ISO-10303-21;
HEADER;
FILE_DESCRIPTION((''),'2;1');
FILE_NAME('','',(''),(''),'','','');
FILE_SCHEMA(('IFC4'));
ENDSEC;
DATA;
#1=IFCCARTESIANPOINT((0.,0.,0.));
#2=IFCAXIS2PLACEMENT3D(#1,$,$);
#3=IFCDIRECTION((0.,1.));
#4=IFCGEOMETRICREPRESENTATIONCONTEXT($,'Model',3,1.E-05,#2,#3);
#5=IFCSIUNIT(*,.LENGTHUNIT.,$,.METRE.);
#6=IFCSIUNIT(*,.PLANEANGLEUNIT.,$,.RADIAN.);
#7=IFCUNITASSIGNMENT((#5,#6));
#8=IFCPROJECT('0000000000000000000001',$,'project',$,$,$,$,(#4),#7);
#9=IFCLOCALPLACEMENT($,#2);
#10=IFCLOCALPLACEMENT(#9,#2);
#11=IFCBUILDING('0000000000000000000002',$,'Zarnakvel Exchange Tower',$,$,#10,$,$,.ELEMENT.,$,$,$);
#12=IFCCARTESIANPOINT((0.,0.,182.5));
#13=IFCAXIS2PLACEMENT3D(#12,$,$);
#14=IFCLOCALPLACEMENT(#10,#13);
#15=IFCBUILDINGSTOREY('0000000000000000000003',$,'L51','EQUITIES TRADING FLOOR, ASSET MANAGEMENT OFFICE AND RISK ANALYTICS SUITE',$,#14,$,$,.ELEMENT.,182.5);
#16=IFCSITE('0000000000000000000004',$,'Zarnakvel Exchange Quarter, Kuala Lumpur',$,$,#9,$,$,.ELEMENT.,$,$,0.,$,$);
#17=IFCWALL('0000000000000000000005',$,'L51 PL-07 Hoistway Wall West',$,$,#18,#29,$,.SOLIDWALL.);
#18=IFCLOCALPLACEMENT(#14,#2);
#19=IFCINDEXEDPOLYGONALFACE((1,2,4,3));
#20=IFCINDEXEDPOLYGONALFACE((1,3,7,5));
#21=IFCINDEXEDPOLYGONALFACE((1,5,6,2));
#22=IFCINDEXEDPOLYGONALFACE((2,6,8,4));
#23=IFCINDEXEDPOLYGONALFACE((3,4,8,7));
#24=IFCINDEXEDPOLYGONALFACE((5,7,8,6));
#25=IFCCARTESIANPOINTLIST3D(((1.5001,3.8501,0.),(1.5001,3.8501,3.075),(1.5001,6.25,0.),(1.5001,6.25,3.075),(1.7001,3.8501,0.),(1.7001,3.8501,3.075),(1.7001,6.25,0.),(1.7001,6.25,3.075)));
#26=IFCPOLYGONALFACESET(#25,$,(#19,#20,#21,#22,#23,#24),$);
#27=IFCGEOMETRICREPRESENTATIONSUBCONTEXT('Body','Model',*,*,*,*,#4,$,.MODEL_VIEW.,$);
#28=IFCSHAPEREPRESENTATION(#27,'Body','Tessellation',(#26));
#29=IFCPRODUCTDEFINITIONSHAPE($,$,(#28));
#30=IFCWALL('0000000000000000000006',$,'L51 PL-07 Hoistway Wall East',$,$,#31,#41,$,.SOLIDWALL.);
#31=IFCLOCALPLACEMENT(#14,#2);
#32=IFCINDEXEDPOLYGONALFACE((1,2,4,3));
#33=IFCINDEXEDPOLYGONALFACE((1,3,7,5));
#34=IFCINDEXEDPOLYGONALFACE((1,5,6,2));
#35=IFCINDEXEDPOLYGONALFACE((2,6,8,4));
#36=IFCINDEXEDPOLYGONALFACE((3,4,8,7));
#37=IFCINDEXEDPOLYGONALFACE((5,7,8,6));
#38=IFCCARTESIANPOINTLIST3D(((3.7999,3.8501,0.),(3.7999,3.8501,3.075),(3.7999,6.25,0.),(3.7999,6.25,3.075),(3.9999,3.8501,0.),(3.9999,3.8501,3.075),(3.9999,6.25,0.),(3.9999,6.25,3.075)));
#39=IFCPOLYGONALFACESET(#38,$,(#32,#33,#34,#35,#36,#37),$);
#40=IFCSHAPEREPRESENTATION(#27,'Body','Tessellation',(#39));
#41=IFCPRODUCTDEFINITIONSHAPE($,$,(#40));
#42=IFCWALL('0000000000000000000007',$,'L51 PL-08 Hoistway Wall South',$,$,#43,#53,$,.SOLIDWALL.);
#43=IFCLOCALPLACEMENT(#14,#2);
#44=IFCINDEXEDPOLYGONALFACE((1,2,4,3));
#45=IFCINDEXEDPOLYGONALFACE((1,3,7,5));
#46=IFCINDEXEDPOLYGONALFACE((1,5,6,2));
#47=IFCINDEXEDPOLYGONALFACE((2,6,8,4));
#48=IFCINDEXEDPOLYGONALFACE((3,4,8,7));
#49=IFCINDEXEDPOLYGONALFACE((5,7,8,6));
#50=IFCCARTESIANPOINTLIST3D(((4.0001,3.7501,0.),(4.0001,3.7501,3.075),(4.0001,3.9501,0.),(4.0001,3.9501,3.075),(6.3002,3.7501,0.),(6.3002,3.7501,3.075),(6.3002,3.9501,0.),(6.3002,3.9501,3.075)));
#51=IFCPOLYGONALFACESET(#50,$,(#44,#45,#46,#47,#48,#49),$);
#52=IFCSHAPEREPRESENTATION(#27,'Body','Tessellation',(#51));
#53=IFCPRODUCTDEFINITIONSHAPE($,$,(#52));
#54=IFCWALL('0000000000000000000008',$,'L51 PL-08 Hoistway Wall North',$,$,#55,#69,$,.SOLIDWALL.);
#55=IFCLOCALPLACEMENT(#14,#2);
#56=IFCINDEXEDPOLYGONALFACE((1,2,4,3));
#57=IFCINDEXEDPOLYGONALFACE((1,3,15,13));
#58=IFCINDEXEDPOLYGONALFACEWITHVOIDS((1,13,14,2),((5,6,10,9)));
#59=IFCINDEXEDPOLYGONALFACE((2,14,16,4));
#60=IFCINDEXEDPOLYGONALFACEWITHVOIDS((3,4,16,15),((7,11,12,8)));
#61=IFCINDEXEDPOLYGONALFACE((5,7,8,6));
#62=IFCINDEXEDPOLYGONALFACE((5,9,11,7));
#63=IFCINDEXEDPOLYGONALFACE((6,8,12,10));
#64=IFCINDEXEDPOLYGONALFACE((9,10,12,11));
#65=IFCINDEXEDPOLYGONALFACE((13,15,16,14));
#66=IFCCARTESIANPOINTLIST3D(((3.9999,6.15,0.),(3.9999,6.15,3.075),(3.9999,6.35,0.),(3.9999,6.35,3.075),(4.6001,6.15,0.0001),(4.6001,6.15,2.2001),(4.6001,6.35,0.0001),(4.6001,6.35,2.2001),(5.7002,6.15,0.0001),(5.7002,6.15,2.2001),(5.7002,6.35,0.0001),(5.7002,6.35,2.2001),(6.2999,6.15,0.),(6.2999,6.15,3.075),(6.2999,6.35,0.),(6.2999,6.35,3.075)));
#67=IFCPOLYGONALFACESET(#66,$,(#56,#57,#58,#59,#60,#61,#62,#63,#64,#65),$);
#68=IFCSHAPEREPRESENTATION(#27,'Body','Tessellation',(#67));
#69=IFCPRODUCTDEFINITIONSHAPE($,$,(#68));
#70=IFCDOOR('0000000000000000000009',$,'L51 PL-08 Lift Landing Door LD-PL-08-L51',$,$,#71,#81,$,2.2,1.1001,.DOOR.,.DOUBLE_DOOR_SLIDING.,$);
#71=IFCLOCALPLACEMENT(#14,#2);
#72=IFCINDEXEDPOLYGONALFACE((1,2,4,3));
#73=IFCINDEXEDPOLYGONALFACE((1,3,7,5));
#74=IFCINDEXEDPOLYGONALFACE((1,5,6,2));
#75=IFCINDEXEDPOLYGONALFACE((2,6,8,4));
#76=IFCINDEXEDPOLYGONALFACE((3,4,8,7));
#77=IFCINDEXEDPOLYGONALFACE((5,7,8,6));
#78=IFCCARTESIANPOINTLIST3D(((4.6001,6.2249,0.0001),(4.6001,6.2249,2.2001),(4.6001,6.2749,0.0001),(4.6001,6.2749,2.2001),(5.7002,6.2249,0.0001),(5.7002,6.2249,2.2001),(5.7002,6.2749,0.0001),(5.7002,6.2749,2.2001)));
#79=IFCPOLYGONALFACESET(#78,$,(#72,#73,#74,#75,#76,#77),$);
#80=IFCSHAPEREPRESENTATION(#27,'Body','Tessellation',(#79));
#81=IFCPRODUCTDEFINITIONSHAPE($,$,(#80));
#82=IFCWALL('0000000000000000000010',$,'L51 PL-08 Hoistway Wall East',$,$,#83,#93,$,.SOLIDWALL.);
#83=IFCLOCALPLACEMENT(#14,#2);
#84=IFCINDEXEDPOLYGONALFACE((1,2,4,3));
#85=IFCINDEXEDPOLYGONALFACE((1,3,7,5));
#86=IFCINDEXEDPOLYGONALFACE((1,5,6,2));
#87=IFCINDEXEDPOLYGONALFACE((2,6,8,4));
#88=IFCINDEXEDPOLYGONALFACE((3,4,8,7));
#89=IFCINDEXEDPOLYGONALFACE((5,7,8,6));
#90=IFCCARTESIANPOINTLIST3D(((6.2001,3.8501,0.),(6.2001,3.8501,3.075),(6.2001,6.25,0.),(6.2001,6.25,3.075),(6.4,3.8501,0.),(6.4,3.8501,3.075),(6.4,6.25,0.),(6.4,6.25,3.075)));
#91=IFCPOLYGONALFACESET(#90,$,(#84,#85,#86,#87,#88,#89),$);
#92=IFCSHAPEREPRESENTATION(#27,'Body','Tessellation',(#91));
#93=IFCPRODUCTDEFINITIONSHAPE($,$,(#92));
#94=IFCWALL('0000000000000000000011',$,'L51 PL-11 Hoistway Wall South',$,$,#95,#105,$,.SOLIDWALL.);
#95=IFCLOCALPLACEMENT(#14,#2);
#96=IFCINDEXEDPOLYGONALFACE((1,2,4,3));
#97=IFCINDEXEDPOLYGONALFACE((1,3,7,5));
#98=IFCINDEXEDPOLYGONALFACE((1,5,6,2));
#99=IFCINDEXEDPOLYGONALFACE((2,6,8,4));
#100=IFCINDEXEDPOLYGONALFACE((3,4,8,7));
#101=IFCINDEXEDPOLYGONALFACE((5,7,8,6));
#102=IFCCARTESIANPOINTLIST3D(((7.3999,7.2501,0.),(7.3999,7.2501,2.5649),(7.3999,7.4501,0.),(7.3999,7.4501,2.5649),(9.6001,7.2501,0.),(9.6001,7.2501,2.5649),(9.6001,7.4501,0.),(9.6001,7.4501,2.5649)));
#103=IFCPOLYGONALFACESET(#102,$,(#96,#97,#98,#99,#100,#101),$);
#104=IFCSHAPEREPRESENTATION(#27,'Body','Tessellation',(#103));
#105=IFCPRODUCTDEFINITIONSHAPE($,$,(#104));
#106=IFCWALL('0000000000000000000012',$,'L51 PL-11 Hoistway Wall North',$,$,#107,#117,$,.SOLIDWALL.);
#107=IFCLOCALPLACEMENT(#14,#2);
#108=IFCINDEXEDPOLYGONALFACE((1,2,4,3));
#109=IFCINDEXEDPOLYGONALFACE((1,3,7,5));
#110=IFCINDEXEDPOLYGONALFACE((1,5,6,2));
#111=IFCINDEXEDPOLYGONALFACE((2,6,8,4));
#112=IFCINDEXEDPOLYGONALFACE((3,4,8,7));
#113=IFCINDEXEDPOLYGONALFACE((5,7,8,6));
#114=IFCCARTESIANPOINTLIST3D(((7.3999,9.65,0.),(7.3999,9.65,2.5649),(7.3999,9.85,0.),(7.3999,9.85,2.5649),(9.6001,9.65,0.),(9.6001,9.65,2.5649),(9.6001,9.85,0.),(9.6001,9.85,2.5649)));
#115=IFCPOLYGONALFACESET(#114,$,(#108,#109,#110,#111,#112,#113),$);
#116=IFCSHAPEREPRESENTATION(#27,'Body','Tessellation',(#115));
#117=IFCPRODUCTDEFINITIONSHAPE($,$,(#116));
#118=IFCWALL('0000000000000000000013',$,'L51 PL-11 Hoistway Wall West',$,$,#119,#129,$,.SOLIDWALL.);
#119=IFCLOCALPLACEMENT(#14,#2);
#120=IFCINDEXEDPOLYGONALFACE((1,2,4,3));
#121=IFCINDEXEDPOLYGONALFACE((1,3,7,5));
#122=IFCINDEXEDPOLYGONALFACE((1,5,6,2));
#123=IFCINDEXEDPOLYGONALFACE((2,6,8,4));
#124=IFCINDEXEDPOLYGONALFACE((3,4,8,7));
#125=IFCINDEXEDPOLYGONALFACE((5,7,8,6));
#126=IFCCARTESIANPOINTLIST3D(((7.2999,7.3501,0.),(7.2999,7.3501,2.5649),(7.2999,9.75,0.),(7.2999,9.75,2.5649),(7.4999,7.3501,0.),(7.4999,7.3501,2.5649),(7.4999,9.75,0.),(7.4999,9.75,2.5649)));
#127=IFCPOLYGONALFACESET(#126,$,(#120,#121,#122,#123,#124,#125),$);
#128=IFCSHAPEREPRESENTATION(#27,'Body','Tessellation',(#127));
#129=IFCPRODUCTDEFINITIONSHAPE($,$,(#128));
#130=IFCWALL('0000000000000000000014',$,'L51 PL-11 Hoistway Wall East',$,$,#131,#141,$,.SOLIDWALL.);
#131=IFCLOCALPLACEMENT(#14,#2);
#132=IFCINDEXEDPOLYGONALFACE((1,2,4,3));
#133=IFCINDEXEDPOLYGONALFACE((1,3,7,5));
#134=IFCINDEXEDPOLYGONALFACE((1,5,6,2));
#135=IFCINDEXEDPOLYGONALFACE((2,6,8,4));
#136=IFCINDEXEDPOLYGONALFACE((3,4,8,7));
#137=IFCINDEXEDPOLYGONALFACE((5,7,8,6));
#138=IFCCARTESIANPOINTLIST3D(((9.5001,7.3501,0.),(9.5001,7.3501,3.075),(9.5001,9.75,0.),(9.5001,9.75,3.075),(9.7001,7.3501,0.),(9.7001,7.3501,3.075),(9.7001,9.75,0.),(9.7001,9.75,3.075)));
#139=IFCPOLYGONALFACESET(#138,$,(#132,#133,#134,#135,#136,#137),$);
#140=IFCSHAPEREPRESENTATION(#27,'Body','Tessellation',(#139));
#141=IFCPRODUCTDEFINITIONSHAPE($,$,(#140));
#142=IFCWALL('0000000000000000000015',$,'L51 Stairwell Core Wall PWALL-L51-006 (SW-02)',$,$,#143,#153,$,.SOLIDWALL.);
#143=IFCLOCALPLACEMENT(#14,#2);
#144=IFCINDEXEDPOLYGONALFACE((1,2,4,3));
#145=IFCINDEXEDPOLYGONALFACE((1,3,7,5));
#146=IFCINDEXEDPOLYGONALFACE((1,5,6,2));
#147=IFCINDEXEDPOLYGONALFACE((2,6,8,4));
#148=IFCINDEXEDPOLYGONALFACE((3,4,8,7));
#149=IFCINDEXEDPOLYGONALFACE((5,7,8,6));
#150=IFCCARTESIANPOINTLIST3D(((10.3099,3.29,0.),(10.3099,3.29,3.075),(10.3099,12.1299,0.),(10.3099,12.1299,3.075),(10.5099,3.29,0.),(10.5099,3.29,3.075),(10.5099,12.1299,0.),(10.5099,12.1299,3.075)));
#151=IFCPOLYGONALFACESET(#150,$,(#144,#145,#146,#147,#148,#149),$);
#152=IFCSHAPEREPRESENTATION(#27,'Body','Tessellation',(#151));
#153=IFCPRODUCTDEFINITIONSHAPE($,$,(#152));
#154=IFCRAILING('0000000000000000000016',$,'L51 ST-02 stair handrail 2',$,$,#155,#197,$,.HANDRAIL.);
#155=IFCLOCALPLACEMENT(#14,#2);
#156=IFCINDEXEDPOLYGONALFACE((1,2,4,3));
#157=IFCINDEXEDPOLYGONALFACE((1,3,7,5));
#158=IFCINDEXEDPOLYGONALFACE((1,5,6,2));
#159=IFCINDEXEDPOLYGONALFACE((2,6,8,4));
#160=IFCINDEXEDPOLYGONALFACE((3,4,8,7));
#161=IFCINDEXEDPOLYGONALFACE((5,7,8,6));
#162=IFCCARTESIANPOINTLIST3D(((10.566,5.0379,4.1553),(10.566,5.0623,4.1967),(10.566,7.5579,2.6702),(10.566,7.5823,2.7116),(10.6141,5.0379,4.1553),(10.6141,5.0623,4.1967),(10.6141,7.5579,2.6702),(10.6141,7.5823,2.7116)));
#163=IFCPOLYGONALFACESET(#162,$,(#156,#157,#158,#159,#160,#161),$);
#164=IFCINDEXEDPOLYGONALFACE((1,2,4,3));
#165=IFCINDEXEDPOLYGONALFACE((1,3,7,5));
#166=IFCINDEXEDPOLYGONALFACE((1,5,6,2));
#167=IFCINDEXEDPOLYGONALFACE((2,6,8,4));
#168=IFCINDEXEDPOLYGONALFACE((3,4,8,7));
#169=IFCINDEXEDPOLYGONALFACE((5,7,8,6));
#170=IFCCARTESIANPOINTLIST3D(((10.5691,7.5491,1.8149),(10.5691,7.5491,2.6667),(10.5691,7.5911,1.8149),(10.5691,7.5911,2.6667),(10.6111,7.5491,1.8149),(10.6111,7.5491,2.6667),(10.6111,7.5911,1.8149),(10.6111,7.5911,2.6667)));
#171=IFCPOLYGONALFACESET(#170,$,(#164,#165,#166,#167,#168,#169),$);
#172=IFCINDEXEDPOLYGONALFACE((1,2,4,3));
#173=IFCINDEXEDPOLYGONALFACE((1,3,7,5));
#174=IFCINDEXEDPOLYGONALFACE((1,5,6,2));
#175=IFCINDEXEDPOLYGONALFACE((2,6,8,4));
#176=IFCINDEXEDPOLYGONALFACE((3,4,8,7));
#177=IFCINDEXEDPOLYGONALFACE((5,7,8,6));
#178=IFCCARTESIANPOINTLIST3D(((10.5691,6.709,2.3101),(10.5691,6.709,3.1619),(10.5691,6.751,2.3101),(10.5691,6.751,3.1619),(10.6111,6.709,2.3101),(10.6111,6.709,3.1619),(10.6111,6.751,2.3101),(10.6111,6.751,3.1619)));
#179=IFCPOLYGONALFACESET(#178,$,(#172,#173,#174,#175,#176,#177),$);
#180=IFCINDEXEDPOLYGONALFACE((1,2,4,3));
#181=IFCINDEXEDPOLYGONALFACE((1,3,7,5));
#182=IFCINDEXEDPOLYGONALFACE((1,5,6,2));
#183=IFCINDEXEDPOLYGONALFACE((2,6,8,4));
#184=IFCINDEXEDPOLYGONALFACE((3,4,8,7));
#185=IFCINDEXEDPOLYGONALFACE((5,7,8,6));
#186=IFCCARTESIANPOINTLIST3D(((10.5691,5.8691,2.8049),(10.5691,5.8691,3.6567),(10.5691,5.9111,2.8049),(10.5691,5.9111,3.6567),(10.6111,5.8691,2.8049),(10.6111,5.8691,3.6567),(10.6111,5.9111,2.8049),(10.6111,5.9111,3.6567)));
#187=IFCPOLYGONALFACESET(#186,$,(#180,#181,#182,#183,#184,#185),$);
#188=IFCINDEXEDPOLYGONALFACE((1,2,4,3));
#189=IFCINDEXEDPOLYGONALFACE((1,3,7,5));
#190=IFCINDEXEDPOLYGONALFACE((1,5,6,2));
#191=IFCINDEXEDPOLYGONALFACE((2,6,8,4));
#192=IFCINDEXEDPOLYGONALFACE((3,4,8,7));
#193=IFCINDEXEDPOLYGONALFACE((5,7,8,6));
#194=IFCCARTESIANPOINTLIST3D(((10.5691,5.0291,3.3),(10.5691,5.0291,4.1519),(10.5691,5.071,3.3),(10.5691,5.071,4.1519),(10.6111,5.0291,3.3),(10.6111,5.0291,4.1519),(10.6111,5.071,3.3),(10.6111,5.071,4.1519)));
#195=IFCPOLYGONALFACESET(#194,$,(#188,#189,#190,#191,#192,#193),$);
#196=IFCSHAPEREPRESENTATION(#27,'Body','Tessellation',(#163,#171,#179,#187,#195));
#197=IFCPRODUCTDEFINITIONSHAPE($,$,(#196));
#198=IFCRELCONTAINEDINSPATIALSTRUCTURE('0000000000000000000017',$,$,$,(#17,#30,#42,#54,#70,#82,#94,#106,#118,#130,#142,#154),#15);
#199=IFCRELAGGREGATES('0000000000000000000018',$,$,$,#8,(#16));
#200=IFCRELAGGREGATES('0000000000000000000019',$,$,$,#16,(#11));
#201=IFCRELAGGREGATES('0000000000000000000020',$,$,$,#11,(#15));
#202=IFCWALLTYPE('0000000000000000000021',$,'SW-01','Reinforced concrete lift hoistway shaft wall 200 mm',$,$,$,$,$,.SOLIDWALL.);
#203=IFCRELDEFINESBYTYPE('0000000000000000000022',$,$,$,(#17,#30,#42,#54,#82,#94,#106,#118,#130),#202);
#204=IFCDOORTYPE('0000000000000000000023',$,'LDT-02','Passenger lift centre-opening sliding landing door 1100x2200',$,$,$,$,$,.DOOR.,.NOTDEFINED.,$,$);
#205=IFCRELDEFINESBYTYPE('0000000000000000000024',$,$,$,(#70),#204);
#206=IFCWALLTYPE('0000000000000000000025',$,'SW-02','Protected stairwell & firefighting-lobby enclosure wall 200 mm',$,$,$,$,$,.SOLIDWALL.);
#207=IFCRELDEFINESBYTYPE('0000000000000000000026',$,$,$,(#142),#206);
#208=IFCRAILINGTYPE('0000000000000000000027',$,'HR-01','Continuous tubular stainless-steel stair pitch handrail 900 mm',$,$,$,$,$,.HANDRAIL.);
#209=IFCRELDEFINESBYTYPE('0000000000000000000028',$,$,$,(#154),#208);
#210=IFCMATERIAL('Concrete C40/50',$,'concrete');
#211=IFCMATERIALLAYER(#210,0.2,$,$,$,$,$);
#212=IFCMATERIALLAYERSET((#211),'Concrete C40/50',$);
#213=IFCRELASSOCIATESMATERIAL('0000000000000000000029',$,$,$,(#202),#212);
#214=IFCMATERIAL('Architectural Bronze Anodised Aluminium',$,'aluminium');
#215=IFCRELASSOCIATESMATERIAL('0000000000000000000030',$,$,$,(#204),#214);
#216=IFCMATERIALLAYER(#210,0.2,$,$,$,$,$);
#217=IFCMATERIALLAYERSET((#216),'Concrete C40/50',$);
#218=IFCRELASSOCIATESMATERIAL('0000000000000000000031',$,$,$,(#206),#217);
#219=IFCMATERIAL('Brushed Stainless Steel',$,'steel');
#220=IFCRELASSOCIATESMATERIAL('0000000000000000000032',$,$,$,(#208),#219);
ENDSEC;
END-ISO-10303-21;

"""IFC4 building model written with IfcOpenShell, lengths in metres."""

from ifc_helpers import new_model, si_unit, direction, frame, frame_2d, origin, origin_2d, place, context, subcontext, project, spatial, rectangle, extrude, source, transform, mapped, material, layer, layer_set, type_object, element, fill, save


model = new_model("IFC4")

# Units and contexts
model_context = context("Model", 3, precision=1e-05, world=origin(), true_north=direction((0.0, 1.0)))
body_context = subcontext(model_context, "Body", "Model", "MODEL_VIEW")
ifc_project = project(units=[si_unit("LENGTHUNIT", "METRE"), si_unit("PLANEANGLEUNIT", "RADIAN")], contexts=[model_context])

# Site, building, storey
site_placement = place(None, origin())
site = spatial("IfcSite", under=ifc_project, at=site_placement, Name="Zarnakvel Exchange Quarter, Kuala Lumpur", CompositionType="ELEMENT", RefElevation=0.0)
building_placement = place(site_placement, origin())
building = spatial("IfcBuilding", under=site, at=building_placement, Name="Zarnakvel Exchange Tower", CompositionType="ELEMENT")
storey_placement = place(building_placement, frame((0.0, 0.0, 182.5)))
storey = spatial("IfcBuildingStorey", under=building, at=storey_placement, Name="L51", Description="EQUITIES TRADING FLOOR, ASSET MANAGEMENT OFFICE AND RISK ANALYTICS SUITE", CompositionType="ELEMENT", Elevation=182.5)

# Shared definitions
ifc_material_1 = material(Name="Concrete C40/50", Category="concrete")
ifc_layer_1 = layer(ifc_material_1, 0.2)
ifc_layer_set_1 = layer_set([ifc_layer_1], Name="Concrete C40/50")
wall_type_1 = type_object("IfcWallType", Name="SW-01", Description="Reinforced concrete lift hoistway shaft wall 200 mm", PredefinedType="SOLIDWALL", material=ifc_layer_set_1)
ifc_material_2 = material(Name="Brushed Stainless Steel", Category="steel")
shared_shape_1 = source(origin(), body_context, "Body", "SweptSolid", [
    extrude(rectangle(XDim=1.1001, YDim=2.2, at=frame_2d((0.55, 1.1001))), frame((0.0, 0.0249, 0.0), z_axis=(0.0, -1.0, 0.0), x_axis=(1.0, 0.0, 0.0)), (0.0, 0.0, 1.0), 0.05),
])

# Shared definitions
ifc_material_3 = material(Name="Architectural Bronze Anodised Aluminium", Category="aluminium")
door_type_1 = type_object("IfcDoorType", Name="LDT-02", Description="Passenger lift centre-opening sliding landing door 1100x2200", OperationType="NOTDEFINED", PredefinedType="DOOR", material=ifc_material_3)

# Walls
for number, where, z_axis, x_axis, name in (
    (1, (1.6001, 3.8501, 0.0), (0.0, 0.0, 1.0), (0.0, 1.0, 0.0), "L51 PL-07 Hoistway Wall West"),
    (2, (3.8999, 6.25, 0.0), (0.0, 0.0, 1.0), (0.0, -1.0, 0.0), "L51 PL-07 Hoistway Wall East"),
):
    element("IfcWall", number, at=place(storey_placement, frame(where, z_axis=z_axis, x_axis=x_axis)), inside=storey, type_object=wall_type_1, Name=name, PredefinedType="SOLIDWALL", context=body_context, shape_type="SweptSolid", body=[
        extrude(rectangle(XDim=2.3999, YDim=0.2, at=frame_2d((1.2, 0.0))), origin(), (0.0, 0.0, 1.0), 3.075),
    ])
wall_1_placement = place(storey_placement, frame((6.3, 3.8501, 0.0), z_axis=(0.0, 0.0, 1.0), x_axis=(-1.0, 0.0, 0.0)))
element("IfcWall", 3, at=wall_1_placement, inside=storey, type_object=wall_type_1, Name="L51 PL-08 Hoistway Wall South", PredefinedType="SOLIDWALL", context=body_context, shape_type="SweptSolid", body=[
    extrude(rectangle(XDim=2.3, YDim=0.2, at=frame_2d((1.1499, 0.0))), origin(), (0.0, 0.0, 1.0), 3.075),
])

# Wall, opening, door
wall_2_placement = place(storey_placement, frame((4.0, 6.25, 0.0), z_axis=(0.0, 0.0, 1.0), x_axis=(1.0, 0.0, 0.0)))
wall_2 = element("IfcWall", 4, at=wall_2_placement, inside=storey, type_object=wall_type_1, Name="L51 PL-08 Hoistway Wall North", PredefinedType="SOLIDWALL", context=body_context, shape_type="SweptSolid", body=[
    extrude(rectangle(XDim=2.3, YDim=0.2, at=frame_2d((1.1499, 0.0))), origin(), (0.0, 0.0, 1.0), 3.075),
])
opening_1_placement = place(wall_2_placement, frame((0.6001, 0.0, 0.0)))
opening_1 = element("IfcOpeningElement", 5, at=opening_1_placement, cuts=wall_2, PredefinedType="OPENING", context=body_context, shape_type="SweptSolid", body=[
    extrude(rectangle(XDim=1.1001, YDim=2.2, at=frame_2d((0.55, 1.1001))), frame((0.0, 0.1099, 0.0), z_axis=(0.0, -1.0, 0.0), x_axis=(1.0, 0.0, 0.0)), (0.0, 0.0, 1.0), 0.22),
])
door_1_placement = place(opening_1_placement, origin())
door_1 = element("IfcDoor", 6, at=door_1_placement, inside=storey, type_object=door_type_1, Name="L51 PL-08 Lift Landing Door LD-PL-08-L51", OperationType="DOUBLE_DOOR_SLIDING", OverallHeight=2.2, OverallWidth=1.1001, PredefinedType="DOOR", context=body_context, shape_type="MappedRepresentation", body=[
    mapped(shared_shape_1, transform((0.0, 0.0, 0.0), x_axis=(1.0, 0.0, 0.0), y_axis=(0.0, 1.0, 0.0), z_axis=(0.0, 0.0, 1.0), scale=1.0)),
])
fill(opening_1, door_1)

# Walls
wall_3_placement = place(storey_placement, frame((6.3, 6.25, 0.0), z_axis=(0.0, 0.0, 1.0), x_axis=(0.0, -1.0, 0.0)))
element("IfcWall", 7, at=wall_3_placement, inside=storey, type_object=wall_type_1, Name="L51 PL-08 Hoistway Wall East", PredefinedType="SOLIDWALL", context=body_context, shape_type="SweptSolid", body=[
    extrude(rectangle(XDim=2.3999, YDim=0.2, at=frame_2d((1.2, 0.0))), origin(), (0.0, 0.0, 1.0), 3.075),
])
for number, where, z_axis, x_axis, name in (
    (8, (9.6001, 7.3501, 0.0), (0.0, 0.0, 1.0), (-1.0, 0.0, 0.0), "L51 PL-11 Hoistway Wall South"),
    (9, (7.3999, 9.75, 0.0), (0.0, 0.0, 1.0), (1.0, 0.0, 0.0), "L51 PL-11 Hoistway Wall North"),
):
    element("IfcWall", number, at=place(storey_placement, frame(where, z_axis=z_axis, x_axis=x_axis)), inside=storey, type_object=wall_type_1, Name=name, PredefinedType="SOLIDWALL", context=body_context, shape_type="SweptSolid", body=[
        extrude(rectangle(XDim=2.2002, YDim=0.2, at=frame_2d((1.1001, 0.0))), origin(), (0.0, 0.0, 1.0), 2.5649),
    ])
wall_4_placement = place(storey_placement, frame((7.3999, 7.3501, 0.0), z_axis=(0.0, 0.0, 1.0), x_axis=(0.0, 1.0, 0.0)))
element("IfcWall", 10, at=wall_4_placement, inside=storey, type_object=wall_type_1, Name="L51 PL-11 Hoistway Wall West", PredefinedType="SOLIDWALL", context=body_context, shape_type="SweptSolid", body=[
    extrude(rectangle(XDim=2.3999, YDim=0.2, at=frame_2d((1.2, 0.0))), origin(), (0.0, 0.0, 1.0), 2.5649),
])
wall_5_placement = place(storey_placement, frame((9.6001, 9.75, 0.0), z_axis=(0.0, 0.0, 1.0), x_axis=(0.0, -1.0, 0.0)))
element("IfcWall", 11, at=wall_5_placement, inside=storey, type_object=wall_type_1, Name="L51 PL-11 Hoistway Wall East", PredefinedType="SOLIDWALL", context=body_context, shape_type="SweptSolid", body=[
    extrude(rectangle(XDim=2.3999, YDim=0.2, at=frame_2d((1.2, 0.0))), origin(), (0.0, 0.0, 1.0), 3.075),
])
ifc_layer_2 = layer(ifc_material_1, 0.2)
ifc_layer_set_2 = layer_set([ifc_layer_2], Name="Concrete C40/50")
wall_type_2 = type_object("IfcWallType", Name="SW-02", Description="Protected stairwell & firefighting-lobby enclosure wall 200 mm", PredefinedType="SOLIDWALL", material=ifc_layer_set_2)
wall_6_placement = place(storey_placement, frame((10.4099, 3.29, 0.0), z_axis=(0.0, 0.0, 1.0), x_axis=(0.0, 1.0, 0.0)))
element("IfcWall", 12, at=wall_6_placement, inside=storey, type_object=wall_type_2, Name="L51 Stairwell Core Wall PWALL-L51-006 (SW-02)", PredefinedType="SOLIDWALL", context=body_context, shape_type="SweptSolid", body=[
    extrude(rectangle(XDim=8.8398, YDim=0.2, at=frame_2d((4.4199, 0.0))), origin(), (0.0, 0.0, 1.0), 3.075),
])

# Railing
railing_type = type_object("IfcRailingType", Name="HR-01", Description="Continuous tubular stainless-steel stair pitch handrail 900 mm", PredefinedType="HANDRAIL", material=ifc_material_2)
railing_placement = place(storey_placement, frame((10.5901, 7.5701, 1.8149)))
element("IfcRailing", 13, at=railing_placement, inside=storey, type_object=railing_type, Name="L51 ST-02 stair handrail 2", PredefinedType="HANDRAIL", context=body_context, shape_type="SweptSolid", body=[
    extrude(rectangle(XDim=0.0481, YDim=0.0481, at=origin_2d()), frame((0.0, 0.0, 0.876), z_axis=(0.0, -0.861524, 0.507717), x_axis=(1.0, 0.0, 0.0)), (0.0, 0.0, 1.0), 2.925),
    extrude(rectangle(XDim=0.042, YDim=0.042, at=origin_2d()), origin(), (0.0, 0.0, 1.0), 0.8518),
    extrude(rectangle(XDim=0.042, YDim=0.042, at=origin_2d()), frame((0.0, -0.8401, 0.4951)), (0.0, 0.0, 1.0), 0.8518),
    extrude(rectangle(XDim=0.042, YDim=0.042, at=origin_2d()), frame((0.0, -1.6799, 0.99)), (0.0, 0.0, 1.0), 0.8518),
    extrude(rectangle(XDim=0.042, YDim=0.042, at=origin_2d()), frame((0.0, -2.52, 1.4851)), (0.0, 0.0, 1.0), 0.8518),
])

save(model, "model.ifc")
